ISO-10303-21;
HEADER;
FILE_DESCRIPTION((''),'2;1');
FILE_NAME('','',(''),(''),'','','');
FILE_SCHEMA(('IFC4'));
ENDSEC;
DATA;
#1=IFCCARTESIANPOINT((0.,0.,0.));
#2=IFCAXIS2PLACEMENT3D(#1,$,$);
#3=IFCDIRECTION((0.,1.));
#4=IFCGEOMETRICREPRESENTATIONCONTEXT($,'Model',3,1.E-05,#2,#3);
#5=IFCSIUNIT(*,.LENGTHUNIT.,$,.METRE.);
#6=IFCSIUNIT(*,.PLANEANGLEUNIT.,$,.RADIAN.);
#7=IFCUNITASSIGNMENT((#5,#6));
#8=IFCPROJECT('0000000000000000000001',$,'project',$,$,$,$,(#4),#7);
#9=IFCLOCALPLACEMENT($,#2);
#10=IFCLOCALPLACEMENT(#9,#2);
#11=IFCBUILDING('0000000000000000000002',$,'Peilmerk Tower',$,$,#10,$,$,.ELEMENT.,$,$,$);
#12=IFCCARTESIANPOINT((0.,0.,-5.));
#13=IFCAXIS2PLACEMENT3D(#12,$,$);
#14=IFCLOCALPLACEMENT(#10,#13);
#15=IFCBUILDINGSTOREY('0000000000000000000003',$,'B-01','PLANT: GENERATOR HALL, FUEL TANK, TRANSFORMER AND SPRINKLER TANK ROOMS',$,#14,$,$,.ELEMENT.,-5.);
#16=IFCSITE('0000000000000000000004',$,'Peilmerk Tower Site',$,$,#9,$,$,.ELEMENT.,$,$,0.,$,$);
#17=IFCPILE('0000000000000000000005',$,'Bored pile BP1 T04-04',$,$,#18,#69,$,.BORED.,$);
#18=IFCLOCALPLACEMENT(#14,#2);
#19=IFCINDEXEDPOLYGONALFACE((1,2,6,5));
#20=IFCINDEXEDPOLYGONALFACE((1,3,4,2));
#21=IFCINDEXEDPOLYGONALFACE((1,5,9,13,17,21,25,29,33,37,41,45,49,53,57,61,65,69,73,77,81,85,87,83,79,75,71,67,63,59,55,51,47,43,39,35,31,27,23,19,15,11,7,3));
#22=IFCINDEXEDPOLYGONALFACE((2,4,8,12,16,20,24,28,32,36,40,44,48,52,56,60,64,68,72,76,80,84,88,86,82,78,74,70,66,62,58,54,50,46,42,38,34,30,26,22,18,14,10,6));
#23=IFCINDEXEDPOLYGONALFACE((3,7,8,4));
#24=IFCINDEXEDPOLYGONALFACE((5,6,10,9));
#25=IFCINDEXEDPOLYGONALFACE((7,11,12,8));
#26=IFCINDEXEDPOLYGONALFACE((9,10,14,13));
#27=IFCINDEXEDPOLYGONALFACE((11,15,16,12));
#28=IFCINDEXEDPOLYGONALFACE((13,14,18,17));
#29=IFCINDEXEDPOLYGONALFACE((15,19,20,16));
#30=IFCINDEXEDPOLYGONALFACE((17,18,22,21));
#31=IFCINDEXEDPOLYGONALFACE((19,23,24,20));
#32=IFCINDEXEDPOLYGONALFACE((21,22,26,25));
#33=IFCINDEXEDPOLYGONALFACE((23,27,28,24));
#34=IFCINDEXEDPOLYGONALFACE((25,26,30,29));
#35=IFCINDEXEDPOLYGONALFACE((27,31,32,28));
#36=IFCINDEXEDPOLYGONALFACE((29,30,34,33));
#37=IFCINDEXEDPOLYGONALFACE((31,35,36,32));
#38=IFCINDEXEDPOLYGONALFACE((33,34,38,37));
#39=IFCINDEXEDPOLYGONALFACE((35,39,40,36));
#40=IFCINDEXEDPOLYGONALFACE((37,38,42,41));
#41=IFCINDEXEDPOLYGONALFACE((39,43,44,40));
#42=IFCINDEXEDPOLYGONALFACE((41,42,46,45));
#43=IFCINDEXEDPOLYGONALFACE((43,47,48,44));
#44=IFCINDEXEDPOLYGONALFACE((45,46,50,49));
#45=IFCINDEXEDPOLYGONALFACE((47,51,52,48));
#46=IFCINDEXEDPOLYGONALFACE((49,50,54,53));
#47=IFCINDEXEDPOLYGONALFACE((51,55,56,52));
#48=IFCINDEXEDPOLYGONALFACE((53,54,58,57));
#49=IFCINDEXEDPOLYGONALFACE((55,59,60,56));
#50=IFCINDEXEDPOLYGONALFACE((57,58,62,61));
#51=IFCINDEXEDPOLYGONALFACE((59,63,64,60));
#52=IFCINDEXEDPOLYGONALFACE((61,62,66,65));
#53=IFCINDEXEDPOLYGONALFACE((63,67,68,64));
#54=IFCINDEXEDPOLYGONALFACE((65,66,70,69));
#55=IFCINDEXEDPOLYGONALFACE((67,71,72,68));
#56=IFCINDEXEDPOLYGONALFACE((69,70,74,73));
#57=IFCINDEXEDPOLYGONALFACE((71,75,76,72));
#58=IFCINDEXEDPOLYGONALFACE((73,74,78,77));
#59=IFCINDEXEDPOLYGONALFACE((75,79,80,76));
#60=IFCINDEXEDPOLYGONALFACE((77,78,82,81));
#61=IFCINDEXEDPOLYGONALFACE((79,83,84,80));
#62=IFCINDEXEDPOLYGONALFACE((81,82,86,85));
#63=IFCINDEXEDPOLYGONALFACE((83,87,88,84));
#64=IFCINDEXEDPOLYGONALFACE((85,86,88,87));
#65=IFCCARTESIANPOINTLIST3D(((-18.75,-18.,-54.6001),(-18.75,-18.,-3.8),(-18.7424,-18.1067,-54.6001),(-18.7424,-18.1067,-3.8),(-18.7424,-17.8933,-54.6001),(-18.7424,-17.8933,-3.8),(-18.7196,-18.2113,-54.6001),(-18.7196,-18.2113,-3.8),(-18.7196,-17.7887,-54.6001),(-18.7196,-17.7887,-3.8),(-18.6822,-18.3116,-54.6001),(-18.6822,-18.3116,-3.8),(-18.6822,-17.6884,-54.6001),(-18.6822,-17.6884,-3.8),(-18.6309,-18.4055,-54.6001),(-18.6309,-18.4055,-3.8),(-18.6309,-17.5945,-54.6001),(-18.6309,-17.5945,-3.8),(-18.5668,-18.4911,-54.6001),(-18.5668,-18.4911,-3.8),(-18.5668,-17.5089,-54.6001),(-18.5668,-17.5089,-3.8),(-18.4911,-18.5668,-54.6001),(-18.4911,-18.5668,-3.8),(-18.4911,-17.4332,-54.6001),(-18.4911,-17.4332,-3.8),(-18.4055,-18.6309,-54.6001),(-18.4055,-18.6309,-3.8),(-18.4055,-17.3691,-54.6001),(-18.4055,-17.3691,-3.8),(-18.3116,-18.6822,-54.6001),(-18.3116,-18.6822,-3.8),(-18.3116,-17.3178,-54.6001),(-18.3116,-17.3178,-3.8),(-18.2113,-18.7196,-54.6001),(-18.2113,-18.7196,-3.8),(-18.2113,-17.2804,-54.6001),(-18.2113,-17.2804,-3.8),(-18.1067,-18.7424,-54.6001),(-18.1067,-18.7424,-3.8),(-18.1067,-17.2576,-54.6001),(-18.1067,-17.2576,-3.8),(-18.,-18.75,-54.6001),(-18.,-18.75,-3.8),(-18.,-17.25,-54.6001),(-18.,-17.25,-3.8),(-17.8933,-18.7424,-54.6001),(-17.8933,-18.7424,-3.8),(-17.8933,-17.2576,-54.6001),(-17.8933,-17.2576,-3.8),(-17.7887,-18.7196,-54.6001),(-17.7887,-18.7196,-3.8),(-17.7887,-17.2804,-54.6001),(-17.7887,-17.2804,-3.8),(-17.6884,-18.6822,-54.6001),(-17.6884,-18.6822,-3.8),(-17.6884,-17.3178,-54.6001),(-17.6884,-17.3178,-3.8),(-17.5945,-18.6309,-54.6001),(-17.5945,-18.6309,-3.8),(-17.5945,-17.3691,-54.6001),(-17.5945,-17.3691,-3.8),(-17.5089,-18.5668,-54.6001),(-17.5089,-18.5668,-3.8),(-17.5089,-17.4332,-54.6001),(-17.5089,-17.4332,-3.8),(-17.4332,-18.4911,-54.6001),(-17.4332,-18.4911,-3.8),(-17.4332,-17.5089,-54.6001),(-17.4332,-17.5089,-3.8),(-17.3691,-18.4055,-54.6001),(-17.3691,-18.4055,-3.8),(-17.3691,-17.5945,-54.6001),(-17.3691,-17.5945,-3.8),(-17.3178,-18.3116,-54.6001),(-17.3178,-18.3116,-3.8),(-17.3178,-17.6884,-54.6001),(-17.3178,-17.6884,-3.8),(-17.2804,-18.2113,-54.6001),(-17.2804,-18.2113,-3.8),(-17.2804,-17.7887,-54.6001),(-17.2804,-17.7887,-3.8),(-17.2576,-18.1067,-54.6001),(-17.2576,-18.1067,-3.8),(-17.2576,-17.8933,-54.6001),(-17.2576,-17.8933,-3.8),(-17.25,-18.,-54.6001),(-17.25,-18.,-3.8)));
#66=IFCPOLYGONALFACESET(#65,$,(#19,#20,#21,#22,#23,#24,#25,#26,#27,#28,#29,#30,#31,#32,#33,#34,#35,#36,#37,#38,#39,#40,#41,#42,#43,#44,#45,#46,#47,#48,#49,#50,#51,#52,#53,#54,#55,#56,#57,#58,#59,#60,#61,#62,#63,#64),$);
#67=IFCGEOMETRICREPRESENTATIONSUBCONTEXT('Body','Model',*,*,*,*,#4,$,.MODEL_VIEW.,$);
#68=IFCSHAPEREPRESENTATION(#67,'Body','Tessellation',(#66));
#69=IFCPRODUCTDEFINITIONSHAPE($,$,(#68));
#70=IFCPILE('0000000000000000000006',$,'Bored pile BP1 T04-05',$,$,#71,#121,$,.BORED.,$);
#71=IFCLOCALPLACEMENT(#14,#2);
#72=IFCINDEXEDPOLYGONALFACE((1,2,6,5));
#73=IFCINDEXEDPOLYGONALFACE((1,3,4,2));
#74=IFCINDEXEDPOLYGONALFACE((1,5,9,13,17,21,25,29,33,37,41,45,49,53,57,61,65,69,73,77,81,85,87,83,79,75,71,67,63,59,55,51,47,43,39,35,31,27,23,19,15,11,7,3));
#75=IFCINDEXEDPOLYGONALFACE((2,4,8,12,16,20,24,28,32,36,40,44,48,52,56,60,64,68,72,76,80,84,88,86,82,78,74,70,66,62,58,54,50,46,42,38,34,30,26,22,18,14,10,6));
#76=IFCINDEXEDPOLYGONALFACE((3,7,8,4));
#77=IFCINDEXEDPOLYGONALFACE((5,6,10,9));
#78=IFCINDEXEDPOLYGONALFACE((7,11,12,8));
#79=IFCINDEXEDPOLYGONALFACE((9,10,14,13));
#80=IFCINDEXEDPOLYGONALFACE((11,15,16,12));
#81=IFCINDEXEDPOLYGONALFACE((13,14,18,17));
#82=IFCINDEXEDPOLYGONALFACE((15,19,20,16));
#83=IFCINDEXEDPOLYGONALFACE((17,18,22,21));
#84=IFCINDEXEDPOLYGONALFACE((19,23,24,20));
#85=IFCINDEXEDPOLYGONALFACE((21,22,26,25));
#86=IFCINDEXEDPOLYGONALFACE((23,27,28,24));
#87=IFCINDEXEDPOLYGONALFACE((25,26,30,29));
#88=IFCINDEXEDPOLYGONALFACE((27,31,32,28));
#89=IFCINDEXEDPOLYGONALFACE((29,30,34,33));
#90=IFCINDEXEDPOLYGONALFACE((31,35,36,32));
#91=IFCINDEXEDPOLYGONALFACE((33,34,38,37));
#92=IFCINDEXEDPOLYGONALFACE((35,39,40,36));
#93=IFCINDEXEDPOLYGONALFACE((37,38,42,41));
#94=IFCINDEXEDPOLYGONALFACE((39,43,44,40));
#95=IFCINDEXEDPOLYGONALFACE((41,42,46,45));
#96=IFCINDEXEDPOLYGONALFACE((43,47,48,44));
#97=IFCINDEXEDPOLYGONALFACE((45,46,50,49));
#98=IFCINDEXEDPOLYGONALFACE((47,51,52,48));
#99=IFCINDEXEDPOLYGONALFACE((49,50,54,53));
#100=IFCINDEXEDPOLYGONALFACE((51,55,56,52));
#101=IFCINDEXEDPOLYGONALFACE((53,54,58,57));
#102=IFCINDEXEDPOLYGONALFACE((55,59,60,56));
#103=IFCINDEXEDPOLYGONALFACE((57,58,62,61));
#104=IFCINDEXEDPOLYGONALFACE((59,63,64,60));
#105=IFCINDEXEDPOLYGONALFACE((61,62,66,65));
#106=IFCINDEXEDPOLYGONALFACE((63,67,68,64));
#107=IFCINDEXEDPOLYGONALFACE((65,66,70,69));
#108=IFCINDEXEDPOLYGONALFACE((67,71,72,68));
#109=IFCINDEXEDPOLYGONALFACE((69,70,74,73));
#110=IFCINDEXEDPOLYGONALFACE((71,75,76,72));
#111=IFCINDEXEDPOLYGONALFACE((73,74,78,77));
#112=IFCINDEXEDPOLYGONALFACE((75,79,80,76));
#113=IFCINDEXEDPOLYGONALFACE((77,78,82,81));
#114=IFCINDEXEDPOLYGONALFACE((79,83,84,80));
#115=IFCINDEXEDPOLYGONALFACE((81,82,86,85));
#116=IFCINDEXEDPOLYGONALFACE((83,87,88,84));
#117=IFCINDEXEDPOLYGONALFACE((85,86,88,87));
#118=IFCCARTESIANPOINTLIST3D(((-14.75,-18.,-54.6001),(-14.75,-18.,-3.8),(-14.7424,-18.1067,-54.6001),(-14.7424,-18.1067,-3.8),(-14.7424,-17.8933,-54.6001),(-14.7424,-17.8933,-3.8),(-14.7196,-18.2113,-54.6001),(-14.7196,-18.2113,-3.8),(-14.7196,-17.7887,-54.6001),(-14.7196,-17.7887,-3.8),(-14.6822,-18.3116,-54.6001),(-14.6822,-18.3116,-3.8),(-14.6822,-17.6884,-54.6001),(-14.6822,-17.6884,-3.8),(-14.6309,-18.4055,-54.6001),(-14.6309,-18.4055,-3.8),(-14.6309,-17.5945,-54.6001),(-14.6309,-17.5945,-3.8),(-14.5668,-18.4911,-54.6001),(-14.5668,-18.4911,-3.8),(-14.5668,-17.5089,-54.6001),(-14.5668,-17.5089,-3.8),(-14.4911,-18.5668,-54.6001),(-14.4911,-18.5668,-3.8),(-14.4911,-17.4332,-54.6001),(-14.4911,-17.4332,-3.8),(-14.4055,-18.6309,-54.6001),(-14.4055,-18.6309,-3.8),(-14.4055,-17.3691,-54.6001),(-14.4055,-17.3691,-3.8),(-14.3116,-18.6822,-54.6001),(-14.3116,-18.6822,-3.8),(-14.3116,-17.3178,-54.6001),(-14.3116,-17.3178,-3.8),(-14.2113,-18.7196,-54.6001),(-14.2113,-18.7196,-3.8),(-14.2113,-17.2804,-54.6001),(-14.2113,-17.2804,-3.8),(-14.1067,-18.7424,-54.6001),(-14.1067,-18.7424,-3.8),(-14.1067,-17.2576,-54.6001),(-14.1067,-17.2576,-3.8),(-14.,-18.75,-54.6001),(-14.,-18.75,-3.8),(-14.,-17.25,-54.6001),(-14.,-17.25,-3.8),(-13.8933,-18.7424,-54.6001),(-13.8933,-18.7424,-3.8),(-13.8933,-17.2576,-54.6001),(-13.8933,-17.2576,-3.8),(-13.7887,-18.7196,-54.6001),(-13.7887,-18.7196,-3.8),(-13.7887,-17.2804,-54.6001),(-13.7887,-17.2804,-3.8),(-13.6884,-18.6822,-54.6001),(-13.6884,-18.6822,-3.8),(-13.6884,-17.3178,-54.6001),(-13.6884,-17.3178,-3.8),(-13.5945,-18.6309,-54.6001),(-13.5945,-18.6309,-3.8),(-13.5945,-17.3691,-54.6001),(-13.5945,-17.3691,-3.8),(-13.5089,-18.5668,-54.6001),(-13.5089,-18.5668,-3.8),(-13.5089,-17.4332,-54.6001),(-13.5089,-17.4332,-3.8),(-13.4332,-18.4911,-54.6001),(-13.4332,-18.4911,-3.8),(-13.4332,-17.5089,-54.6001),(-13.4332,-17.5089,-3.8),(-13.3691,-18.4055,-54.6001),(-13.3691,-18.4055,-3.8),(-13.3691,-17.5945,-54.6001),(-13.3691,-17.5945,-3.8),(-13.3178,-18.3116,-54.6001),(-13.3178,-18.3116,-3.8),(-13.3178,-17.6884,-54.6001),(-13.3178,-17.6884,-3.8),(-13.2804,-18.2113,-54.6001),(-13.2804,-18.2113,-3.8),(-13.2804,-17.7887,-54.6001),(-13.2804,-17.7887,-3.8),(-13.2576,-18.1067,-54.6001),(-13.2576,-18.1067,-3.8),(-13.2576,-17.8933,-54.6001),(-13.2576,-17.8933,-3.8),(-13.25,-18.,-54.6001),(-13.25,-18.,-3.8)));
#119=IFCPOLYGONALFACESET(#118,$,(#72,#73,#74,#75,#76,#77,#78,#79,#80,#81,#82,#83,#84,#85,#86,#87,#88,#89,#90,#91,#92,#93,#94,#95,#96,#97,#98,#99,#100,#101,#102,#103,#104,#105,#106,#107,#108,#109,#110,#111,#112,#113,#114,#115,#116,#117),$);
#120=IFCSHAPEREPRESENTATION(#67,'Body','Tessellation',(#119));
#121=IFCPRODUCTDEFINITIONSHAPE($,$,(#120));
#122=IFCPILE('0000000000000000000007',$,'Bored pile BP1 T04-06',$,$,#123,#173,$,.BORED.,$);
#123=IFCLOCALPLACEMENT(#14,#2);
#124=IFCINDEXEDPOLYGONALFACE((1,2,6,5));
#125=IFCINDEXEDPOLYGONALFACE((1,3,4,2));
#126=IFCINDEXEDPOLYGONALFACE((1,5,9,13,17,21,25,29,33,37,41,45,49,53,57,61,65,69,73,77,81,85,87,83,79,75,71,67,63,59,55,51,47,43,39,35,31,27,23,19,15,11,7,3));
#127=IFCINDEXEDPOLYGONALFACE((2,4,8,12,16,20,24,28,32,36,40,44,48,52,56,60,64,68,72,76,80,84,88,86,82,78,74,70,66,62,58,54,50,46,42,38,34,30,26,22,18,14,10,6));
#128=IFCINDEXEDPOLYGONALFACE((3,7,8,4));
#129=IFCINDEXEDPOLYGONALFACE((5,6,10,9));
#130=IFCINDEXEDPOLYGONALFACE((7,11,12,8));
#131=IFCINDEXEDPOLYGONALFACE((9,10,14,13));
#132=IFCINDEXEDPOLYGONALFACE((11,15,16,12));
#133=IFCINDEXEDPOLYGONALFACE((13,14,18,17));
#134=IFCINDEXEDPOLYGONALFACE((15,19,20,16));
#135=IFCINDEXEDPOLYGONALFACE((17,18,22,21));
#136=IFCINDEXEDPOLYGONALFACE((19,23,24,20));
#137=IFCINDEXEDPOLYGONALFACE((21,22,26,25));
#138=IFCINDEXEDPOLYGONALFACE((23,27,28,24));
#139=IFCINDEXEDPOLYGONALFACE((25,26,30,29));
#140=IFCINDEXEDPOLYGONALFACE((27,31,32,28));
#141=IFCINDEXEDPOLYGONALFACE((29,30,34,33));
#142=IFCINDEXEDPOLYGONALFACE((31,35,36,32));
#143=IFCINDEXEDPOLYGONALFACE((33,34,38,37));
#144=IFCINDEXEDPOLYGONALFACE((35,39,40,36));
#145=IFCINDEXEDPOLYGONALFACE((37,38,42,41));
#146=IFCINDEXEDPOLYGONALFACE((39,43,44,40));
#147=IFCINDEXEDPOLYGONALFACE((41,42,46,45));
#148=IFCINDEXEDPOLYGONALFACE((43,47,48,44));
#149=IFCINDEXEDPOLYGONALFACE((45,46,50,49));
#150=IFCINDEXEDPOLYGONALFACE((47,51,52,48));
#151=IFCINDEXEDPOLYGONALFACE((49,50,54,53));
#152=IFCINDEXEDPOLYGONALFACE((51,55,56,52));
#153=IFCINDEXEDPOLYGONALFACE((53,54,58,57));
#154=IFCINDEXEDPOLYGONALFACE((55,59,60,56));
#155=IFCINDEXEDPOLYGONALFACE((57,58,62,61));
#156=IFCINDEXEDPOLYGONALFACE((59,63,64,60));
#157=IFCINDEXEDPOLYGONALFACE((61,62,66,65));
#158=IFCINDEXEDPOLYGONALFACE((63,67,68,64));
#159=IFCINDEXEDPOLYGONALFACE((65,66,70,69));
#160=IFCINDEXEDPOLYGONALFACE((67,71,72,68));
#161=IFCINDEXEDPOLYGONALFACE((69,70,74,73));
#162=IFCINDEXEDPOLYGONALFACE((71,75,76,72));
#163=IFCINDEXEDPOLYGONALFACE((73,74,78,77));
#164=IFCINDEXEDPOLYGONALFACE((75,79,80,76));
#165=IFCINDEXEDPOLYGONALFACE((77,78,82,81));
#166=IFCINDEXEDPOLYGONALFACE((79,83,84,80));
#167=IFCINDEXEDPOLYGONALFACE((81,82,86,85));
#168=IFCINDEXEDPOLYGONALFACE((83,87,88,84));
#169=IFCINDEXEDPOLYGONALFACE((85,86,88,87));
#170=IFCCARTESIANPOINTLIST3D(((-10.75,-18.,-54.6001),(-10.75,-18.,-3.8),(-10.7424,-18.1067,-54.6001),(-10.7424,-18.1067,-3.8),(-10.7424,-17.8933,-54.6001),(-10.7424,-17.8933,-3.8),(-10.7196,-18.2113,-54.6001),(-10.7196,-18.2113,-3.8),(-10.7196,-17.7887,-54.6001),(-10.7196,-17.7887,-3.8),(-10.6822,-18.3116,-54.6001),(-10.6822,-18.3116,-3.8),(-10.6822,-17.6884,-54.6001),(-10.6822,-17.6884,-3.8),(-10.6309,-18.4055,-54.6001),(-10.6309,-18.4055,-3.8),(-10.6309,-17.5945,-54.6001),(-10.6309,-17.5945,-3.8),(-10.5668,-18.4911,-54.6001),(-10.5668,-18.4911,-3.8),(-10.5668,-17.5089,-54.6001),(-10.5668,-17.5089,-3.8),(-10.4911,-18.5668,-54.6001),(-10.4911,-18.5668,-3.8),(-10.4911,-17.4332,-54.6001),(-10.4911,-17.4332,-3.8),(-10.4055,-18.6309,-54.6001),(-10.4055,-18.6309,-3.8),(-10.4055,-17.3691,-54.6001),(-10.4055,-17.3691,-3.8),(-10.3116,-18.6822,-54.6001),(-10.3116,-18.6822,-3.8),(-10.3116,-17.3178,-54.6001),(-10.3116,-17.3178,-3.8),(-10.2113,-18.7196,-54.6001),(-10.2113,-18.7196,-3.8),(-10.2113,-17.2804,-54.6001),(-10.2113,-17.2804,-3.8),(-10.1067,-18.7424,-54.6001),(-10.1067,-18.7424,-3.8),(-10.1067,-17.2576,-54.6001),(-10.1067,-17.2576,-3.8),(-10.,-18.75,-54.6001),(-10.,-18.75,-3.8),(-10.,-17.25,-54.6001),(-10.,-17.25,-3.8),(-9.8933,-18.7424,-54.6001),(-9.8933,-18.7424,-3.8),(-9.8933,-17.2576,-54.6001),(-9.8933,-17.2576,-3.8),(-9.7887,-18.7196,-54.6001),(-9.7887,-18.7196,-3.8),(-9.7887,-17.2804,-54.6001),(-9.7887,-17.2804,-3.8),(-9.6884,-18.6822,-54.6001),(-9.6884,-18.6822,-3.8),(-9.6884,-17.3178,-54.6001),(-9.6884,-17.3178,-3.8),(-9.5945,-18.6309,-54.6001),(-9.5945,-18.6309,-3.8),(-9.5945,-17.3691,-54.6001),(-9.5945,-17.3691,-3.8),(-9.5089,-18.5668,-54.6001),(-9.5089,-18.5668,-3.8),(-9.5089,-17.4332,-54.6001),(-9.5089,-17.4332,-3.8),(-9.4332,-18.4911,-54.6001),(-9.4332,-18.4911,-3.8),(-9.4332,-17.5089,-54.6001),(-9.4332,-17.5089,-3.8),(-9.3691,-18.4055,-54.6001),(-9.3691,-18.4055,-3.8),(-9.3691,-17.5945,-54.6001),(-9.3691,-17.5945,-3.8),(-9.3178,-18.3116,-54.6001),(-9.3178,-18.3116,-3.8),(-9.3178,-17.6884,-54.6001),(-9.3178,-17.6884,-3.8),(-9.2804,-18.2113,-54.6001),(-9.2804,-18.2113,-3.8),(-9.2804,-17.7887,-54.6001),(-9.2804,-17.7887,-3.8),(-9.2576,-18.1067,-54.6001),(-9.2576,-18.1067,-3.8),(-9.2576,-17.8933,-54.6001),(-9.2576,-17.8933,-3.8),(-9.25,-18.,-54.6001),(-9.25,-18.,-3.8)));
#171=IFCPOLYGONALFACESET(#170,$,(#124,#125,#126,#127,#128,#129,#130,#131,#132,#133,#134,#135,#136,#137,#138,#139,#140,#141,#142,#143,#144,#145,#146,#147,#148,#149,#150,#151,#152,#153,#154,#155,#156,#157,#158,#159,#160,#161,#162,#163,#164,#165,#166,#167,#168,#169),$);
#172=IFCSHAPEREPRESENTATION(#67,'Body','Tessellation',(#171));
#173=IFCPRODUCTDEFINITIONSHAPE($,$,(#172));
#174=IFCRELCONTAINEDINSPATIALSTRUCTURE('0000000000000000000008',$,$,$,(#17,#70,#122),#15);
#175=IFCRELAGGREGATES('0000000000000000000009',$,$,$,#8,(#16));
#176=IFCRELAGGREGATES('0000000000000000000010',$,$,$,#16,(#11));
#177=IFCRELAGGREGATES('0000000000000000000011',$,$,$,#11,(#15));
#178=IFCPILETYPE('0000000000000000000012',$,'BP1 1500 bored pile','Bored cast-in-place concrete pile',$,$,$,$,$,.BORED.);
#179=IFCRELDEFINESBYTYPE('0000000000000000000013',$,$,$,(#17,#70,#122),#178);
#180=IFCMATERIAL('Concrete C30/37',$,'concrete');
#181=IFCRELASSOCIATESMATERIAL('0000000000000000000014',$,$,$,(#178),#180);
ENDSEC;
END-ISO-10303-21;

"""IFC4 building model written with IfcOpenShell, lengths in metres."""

from ifc_helpers import new_model, si_unit, direction, frame, origin, origin_2d, place, context, subcontext, project, spatial, circle, extrude, material, material_profile, profile_set, type_object, element, save


model = new_model("IFC4")

# Units and contexts
model_context = context("Model", 3, precision=1e-05, world=origin(), true_north=direction((0.0, 1.0)))
body_context = subcontext(model_context, "Body", "Model", "MODEL_VIEW")
ifc_project = project(units=[si_unit("LENGTHUNIT", "METRE"), si_unit("PLANEANGLEUNIT", "RADIAN")], contexts=[model_context])

# Site, building, storey
site_placement = place(None, origin())
site = spatial("IfcSite", under=ifc_project, at=site_placement, Name="Peilmerk Tower Site", CompositionType="ELEMENT", RefElevation=0.0)
building_placement = place(site_placement, origin())
building = spatial("IfcBuilding", under=site, at=building_placement, Name="Peilmerk Tower", CompositionType="ELEMENT")
storey_placement = place(building_placement, frame((0.0, 0.0, -5.0)))
storey = spatial("IfcBuildingStorey", under=building, at=storey_placement, Name="B-01", Description="PLANT: GENERATOR HALL, FUEL TANK, TRANSFORMER AND SPRINKLER TANK ROOMS", CompositionType="ELEMENT", Elevation=-5.0)

# Piles
ifc_material_1 = material(Name="Concrete C30/37", Category="concrete")
ifc_material_profile_1 = material_profile(ifc_material_1, circle(Radius=0.75, at=origin_2d()), Name="BP 1500")
ifc_profile_set_1 = profile_set([ifc_material_profile_1], Name="Concrete C30/37")
pile_type = type_object("IfcPileType", Name="BP1 1500 bored pile", Description="Bored cast-in-place concrete pile", PredefinedType="BORED", material=ifc_profile_set_1)
for number, where, z_axis, x_axis, name in (
    (1, (-18.0, -18.0, -3.8), (0.0, 0.0, -1.0), (1.0, 0.0, 0.0), "Bored pile BP1 T04-04"),
    (2, (-14.0, -18.0, -3.8), (0.0, 0.0, -1.0), (1.0, 0.0, 0.0), "Bored pile BP1 T04-05"),
    (3, (-10.0, -18.0, -3.8), (0.0, 0.0, -1.0), (1.0, 0.0, 0.0), "Bored pile BP1 T04-06"),
):
    element("IfcPile", number, at=place(storey_placement, frame(where, z_axis=z_axis, x_axis=x_axis)), inside=storey, type_object=pile_type, Name=name, PredefinedType="BORED", context=body_context, shape_type="SweptSolid", body=[
        extrude(circle(Radius=0.75, at=origin_2d()), origin(), (0.0, 0.0, 1.0), 50.8),
    ])

save(model, "model.ifc")
